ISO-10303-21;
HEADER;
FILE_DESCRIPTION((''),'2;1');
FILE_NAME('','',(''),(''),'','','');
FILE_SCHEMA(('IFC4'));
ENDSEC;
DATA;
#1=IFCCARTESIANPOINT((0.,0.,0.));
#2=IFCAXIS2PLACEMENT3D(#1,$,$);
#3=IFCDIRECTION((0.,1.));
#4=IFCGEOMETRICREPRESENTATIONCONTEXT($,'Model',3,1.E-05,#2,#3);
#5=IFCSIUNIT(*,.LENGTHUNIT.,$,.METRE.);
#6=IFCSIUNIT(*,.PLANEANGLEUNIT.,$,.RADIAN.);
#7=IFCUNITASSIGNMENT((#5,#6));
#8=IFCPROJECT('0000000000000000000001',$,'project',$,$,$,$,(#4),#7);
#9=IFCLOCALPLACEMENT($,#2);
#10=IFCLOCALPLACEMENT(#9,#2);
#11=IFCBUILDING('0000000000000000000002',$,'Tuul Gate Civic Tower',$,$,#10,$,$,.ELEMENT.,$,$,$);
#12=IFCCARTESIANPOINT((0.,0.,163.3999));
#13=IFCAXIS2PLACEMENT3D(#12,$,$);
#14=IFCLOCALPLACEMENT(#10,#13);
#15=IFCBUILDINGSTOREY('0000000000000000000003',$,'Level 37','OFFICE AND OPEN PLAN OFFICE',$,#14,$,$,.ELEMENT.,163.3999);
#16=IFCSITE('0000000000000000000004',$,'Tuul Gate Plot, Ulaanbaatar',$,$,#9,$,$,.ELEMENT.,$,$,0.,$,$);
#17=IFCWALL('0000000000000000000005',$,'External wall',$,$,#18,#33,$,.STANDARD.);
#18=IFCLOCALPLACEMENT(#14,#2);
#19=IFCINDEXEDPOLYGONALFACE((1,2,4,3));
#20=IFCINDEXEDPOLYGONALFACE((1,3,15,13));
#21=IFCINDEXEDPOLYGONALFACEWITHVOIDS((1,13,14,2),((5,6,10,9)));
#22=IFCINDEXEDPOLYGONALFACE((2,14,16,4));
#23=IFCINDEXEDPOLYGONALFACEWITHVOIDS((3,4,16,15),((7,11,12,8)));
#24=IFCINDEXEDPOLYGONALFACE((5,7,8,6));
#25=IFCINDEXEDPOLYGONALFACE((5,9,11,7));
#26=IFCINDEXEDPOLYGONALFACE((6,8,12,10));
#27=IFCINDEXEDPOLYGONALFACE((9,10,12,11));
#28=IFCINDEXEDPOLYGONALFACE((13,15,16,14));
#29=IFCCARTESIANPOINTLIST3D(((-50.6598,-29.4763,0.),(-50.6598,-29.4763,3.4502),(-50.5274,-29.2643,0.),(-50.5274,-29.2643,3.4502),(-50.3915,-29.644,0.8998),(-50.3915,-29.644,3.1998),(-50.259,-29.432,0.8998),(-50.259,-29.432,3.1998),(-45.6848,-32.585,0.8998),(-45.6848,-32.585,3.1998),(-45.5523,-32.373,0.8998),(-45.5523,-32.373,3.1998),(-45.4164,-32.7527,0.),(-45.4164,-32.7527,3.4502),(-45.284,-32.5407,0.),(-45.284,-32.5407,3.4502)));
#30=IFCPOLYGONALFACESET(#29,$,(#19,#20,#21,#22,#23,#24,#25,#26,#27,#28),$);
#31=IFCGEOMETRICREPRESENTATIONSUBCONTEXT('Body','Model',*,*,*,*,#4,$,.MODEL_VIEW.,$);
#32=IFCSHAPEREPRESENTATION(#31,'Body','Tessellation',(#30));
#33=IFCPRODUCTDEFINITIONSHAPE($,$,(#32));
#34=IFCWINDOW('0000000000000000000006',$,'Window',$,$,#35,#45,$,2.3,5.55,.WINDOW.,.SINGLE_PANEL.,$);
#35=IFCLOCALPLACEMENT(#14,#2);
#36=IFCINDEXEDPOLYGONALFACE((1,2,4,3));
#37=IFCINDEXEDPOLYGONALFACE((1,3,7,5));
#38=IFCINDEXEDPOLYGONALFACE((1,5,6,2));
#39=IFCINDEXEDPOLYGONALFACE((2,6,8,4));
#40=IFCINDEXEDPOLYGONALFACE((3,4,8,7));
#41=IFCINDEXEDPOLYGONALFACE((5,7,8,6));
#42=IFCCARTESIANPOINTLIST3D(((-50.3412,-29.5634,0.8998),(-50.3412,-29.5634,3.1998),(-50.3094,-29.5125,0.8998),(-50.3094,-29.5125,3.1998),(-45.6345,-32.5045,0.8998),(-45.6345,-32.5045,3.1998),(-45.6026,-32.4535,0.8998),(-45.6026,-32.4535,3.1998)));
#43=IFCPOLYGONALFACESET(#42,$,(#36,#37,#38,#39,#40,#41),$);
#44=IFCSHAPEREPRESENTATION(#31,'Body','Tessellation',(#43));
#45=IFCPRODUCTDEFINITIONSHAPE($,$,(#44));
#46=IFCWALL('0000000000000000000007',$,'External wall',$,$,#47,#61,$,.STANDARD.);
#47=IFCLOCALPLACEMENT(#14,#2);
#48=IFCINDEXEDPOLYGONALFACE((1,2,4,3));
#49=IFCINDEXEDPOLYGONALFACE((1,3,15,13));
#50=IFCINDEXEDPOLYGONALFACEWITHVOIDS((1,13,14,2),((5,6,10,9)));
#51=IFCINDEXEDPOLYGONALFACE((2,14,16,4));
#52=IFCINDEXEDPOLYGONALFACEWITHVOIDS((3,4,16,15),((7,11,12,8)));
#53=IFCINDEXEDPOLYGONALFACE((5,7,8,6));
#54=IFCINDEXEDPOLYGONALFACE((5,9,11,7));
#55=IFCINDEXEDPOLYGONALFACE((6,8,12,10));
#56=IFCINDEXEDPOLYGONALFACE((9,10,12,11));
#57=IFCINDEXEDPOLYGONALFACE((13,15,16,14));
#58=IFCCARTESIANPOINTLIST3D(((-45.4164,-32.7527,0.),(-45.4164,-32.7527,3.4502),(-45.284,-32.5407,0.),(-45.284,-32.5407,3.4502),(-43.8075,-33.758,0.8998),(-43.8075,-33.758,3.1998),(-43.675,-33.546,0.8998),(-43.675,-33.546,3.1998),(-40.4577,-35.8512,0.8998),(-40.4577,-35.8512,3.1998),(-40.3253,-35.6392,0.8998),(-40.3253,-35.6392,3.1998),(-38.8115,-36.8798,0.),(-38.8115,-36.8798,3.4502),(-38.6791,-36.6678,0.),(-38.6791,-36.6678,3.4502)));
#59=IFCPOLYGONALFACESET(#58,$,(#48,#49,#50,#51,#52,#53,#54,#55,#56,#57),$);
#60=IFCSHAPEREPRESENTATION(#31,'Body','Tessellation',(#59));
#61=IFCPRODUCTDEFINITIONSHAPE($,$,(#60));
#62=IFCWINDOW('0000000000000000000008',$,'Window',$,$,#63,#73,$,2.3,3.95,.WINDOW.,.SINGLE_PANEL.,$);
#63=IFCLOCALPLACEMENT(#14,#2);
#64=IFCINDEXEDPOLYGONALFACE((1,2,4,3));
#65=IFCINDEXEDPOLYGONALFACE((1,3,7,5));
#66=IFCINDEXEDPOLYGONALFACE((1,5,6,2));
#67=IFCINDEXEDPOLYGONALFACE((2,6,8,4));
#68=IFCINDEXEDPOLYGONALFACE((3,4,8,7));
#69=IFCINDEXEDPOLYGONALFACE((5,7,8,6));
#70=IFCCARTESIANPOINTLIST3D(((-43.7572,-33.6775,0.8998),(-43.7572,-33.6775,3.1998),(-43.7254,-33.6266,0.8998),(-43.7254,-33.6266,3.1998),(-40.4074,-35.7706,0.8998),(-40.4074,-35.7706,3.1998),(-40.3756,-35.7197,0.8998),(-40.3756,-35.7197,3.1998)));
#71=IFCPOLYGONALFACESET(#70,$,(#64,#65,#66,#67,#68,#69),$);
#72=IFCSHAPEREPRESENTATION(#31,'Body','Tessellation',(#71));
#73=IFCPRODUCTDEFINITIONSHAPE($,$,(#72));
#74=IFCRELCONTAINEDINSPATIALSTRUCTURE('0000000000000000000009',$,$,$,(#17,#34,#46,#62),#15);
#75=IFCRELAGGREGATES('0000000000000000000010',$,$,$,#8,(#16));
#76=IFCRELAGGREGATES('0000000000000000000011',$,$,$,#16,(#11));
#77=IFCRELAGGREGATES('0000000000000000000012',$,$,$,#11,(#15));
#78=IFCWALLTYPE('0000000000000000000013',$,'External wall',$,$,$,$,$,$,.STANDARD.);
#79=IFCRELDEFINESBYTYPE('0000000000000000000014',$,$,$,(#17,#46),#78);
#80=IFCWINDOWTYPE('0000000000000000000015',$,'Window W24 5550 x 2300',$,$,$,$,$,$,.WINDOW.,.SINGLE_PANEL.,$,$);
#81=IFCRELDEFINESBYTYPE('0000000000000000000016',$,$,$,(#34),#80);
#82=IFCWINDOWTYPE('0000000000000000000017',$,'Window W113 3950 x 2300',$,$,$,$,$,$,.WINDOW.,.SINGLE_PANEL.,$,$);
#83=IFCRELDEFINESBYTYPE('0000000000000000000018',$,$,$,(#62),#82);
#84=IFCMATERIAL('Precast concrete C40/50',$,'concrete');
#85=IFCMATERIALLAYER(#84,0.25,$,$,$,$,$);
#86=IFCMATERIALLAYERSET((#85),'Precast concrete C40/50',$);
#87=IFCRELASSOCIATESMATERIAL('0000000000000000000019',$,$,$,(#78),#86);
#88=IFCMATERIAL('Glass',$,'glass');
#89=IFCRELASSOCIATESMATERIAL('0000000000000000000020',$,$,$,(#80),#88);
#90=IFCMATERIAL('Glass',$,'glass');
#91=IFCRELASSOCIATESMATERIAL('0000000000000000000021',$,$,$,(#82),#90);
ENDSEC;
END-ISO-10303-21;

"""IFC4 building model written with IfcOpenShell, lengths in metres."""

from ifc_helpers import new_model, si_unit, direction, frame, frame_2d, origin, place, context, subcontext, project, spatial, rectangle, extrude, material, layer, layer_set, type_object, element, fill, save


model = new_model("IFC4")

# Units and contexts
model_context = context("Model", 3, precision=1e-05, world=origin(), true_north=direction((0.0, 1.0)))
body_context = subcontext(model_context, "Body", "Model", "MODEL_VIEW")
ifc_project = project(units=[si_unit("LENGTHUNIT", "METRE"), si_unit("PLANEANGLEUNIT", "RADIAN")], contexts=[model_context])

# Site, building, storey
site_placement = place(None, origin())
site = spatial("IfcSite", under=ifc_project, at=site_placement, Name="Tuul Gate Plot, Ulaanbaatar", CompositionType="ELEMENT", RefElevation=0.0)
building_placement = place(site_placement, origin())
building = spatial("IfcBuilding", under=site, at=building_placement, Name="Tuul Gate Civic Tower", CompositionType="ELEMENT")
storey_placement = place(building_placement, frame((0.0, 0.0, 163.3999)))
storey = spatial("IfcBuildingStorey", under=building, at=storey_placement, Name="Level 37", Description="OFFICE AND OPEN PLAN OFFICE", CompositionType="ELEMENT", Elevation=163.3999)

# Shared definitions
ifc_material_1 = material(Name="Precast concrete C40/50", Category="concrete")
ifc_layer = layer(ifc_material_1, 0.25)
ifc_layer_set = layer_set([ifc_layer], Name="Precast concrete C40/50")
wall_type = type_object("IfcWallType", Name="External wall", PredefinedType="STANDARD", material=ifc_layer_set)

# Walls, openings, windows
ifc_material_2 = material(Name="Glass", Category="glass")
window_type_1 = type_object("IfcWindowType", Name="Window W24 5550 x 2300", PartitioningType="SINGLE_PANEL", PredefinedType="WINDOW", material=ifc_material_2)
wall_1_placement = place(storey_placement, frame((-50.5935, -29.3704, 0.0), z_axis=(0.0, 0.0, 1.0), x_axis=(0.848054, -0.52991, 0.0)))
wall_1 = element("IfcWall", 1, at=wall_1_placement, inside=storey, type_object=wall_type, Name="External wall", PredefinedType="STANDARD", context=body_context, shape_type="SweptSolid", body=[
    extrude(rectangle(XDim=6.1829, YDim=0.25, at=frame_2d((3.0913, 0.0))), origin(), (0.0, 0.0, 1.0), 3.4502),
])
opening_1_placement = place(wall_1_placement, frame((0.3164, 0.0, 0.8999)))
opening_1 = element("IfcOpeningElement", 2, at=opening_1_placement, cuts=wall_1, PredefinedType="OPENING", context=body_context, shape_type="SweptSolid", body=[
    extrude(rectangle(XDim=5.55, YDim=2.3, at=frame_2d((2.7749, 1.1499))), frame((0.0, 0.135, 0.0), z_axis=(0.0, -1.0, 0.0), x_axis=(1.0, 0.0, 0.0)), (0.0, 0.0, 1.0), 0.27),
])
window_1_placement = place(opening_1_placement, origin())
window_1 = element("IfcWindow", 3, at=window_1_placement, inside=storey, type_object=window_type_1, Name="Window", OverallHeight=2.3, OverallWidth=5.55, PartitioningType="SINGLE_PANEL", PredefinedType="WINDOW", context=body_context, shape_type="SweptSolid", body=[
    extrude(rectangle(XDim=5.55, YDim=2.3, at=frame_2d((2.7749, 1.1499))), frame((0.0, 0.03, 0.0), z_axis=(0.0, -1.0, 0.0), x_axis=(1.0, 0.0, 0.0)), (0.0, 0.0, 1.0), 0.0601),
])
fill(opening_1, window_1)
wall_2_placement = place(storey_placement, frame((-45.3501, -32.6467, 0.0), z_axis=(0.0, 0.0, 1.0), x_axis=(0.848051, -0.529914, 0.0)))
wall_2 = element("IfcWall", 4, at=wall_2_placement, inside=storey, type_object=wall_type, Name="External wall", PredefinedType="STANDARD", context=body_context, shape_type="SweptSolid", body=[
    extrude(rectangle(XDim=7.7883, YDim=0.25, at=frame_2d((3.894, 0.0))), origin(), (0.0, 0.0, 1.0), 3.4502),
])
opening_2_placement = place(wall_2_placement, frame((1.897, 0.0, 0.8999)))
opening_2 = element("IfcOpeningElement", 5, at=opening_2_placement, cuts=wall_2, PredefinedType="OPENING", context=body_context, shape_type="SweptSolid", body=[
    extrude(rectangle(XDim=3.95, YDim=2.3, at=frame_2d((1.9751, 1.1499))), frame((0.0, 0.135, 0.0), z_axis=(0.0, -1.0, 0.0), x_axis=(1.0, 0.0, 0.0)), (0.0, 0.0, 1.0), 0.27),
])
ifc_material_3 = material(Name="Glass", Category="glass")
window_type_2 = type_object("IfcWindowType", Name="Window W113 3950 x 2300", PartitioningType="SINGLE_PANEL", PredefinedType="WINDOW", material=ifc_material_3)
window_2_placement = place(opening_2_placement, origin())
window_2 = element("IfcWindow", 6, at=window_2_placement, inside=storey, type_object=window_type_2, Name="Window", OverallHeight=2.3, OverallWidth=3.95, PartitioningType="SINGLE_PANEL", PredefinedType="WINDOW", context=body_context, shape_type="SweptSolid", body=[
    extrude(rectangle(XDim=3.95, YDim=2.3, at=frame_2d((1.9751, 1.1499))), frame((0.0, 0.03, 0.0), z_axis=(0.0, -1.0, 0.0), x_axis=(1.0, 0.0, 0.0)), (0.0, 0.0, 1.0), 0.0601),
])
fill(opening_2, window_2)

save(model, "model.ifc")
